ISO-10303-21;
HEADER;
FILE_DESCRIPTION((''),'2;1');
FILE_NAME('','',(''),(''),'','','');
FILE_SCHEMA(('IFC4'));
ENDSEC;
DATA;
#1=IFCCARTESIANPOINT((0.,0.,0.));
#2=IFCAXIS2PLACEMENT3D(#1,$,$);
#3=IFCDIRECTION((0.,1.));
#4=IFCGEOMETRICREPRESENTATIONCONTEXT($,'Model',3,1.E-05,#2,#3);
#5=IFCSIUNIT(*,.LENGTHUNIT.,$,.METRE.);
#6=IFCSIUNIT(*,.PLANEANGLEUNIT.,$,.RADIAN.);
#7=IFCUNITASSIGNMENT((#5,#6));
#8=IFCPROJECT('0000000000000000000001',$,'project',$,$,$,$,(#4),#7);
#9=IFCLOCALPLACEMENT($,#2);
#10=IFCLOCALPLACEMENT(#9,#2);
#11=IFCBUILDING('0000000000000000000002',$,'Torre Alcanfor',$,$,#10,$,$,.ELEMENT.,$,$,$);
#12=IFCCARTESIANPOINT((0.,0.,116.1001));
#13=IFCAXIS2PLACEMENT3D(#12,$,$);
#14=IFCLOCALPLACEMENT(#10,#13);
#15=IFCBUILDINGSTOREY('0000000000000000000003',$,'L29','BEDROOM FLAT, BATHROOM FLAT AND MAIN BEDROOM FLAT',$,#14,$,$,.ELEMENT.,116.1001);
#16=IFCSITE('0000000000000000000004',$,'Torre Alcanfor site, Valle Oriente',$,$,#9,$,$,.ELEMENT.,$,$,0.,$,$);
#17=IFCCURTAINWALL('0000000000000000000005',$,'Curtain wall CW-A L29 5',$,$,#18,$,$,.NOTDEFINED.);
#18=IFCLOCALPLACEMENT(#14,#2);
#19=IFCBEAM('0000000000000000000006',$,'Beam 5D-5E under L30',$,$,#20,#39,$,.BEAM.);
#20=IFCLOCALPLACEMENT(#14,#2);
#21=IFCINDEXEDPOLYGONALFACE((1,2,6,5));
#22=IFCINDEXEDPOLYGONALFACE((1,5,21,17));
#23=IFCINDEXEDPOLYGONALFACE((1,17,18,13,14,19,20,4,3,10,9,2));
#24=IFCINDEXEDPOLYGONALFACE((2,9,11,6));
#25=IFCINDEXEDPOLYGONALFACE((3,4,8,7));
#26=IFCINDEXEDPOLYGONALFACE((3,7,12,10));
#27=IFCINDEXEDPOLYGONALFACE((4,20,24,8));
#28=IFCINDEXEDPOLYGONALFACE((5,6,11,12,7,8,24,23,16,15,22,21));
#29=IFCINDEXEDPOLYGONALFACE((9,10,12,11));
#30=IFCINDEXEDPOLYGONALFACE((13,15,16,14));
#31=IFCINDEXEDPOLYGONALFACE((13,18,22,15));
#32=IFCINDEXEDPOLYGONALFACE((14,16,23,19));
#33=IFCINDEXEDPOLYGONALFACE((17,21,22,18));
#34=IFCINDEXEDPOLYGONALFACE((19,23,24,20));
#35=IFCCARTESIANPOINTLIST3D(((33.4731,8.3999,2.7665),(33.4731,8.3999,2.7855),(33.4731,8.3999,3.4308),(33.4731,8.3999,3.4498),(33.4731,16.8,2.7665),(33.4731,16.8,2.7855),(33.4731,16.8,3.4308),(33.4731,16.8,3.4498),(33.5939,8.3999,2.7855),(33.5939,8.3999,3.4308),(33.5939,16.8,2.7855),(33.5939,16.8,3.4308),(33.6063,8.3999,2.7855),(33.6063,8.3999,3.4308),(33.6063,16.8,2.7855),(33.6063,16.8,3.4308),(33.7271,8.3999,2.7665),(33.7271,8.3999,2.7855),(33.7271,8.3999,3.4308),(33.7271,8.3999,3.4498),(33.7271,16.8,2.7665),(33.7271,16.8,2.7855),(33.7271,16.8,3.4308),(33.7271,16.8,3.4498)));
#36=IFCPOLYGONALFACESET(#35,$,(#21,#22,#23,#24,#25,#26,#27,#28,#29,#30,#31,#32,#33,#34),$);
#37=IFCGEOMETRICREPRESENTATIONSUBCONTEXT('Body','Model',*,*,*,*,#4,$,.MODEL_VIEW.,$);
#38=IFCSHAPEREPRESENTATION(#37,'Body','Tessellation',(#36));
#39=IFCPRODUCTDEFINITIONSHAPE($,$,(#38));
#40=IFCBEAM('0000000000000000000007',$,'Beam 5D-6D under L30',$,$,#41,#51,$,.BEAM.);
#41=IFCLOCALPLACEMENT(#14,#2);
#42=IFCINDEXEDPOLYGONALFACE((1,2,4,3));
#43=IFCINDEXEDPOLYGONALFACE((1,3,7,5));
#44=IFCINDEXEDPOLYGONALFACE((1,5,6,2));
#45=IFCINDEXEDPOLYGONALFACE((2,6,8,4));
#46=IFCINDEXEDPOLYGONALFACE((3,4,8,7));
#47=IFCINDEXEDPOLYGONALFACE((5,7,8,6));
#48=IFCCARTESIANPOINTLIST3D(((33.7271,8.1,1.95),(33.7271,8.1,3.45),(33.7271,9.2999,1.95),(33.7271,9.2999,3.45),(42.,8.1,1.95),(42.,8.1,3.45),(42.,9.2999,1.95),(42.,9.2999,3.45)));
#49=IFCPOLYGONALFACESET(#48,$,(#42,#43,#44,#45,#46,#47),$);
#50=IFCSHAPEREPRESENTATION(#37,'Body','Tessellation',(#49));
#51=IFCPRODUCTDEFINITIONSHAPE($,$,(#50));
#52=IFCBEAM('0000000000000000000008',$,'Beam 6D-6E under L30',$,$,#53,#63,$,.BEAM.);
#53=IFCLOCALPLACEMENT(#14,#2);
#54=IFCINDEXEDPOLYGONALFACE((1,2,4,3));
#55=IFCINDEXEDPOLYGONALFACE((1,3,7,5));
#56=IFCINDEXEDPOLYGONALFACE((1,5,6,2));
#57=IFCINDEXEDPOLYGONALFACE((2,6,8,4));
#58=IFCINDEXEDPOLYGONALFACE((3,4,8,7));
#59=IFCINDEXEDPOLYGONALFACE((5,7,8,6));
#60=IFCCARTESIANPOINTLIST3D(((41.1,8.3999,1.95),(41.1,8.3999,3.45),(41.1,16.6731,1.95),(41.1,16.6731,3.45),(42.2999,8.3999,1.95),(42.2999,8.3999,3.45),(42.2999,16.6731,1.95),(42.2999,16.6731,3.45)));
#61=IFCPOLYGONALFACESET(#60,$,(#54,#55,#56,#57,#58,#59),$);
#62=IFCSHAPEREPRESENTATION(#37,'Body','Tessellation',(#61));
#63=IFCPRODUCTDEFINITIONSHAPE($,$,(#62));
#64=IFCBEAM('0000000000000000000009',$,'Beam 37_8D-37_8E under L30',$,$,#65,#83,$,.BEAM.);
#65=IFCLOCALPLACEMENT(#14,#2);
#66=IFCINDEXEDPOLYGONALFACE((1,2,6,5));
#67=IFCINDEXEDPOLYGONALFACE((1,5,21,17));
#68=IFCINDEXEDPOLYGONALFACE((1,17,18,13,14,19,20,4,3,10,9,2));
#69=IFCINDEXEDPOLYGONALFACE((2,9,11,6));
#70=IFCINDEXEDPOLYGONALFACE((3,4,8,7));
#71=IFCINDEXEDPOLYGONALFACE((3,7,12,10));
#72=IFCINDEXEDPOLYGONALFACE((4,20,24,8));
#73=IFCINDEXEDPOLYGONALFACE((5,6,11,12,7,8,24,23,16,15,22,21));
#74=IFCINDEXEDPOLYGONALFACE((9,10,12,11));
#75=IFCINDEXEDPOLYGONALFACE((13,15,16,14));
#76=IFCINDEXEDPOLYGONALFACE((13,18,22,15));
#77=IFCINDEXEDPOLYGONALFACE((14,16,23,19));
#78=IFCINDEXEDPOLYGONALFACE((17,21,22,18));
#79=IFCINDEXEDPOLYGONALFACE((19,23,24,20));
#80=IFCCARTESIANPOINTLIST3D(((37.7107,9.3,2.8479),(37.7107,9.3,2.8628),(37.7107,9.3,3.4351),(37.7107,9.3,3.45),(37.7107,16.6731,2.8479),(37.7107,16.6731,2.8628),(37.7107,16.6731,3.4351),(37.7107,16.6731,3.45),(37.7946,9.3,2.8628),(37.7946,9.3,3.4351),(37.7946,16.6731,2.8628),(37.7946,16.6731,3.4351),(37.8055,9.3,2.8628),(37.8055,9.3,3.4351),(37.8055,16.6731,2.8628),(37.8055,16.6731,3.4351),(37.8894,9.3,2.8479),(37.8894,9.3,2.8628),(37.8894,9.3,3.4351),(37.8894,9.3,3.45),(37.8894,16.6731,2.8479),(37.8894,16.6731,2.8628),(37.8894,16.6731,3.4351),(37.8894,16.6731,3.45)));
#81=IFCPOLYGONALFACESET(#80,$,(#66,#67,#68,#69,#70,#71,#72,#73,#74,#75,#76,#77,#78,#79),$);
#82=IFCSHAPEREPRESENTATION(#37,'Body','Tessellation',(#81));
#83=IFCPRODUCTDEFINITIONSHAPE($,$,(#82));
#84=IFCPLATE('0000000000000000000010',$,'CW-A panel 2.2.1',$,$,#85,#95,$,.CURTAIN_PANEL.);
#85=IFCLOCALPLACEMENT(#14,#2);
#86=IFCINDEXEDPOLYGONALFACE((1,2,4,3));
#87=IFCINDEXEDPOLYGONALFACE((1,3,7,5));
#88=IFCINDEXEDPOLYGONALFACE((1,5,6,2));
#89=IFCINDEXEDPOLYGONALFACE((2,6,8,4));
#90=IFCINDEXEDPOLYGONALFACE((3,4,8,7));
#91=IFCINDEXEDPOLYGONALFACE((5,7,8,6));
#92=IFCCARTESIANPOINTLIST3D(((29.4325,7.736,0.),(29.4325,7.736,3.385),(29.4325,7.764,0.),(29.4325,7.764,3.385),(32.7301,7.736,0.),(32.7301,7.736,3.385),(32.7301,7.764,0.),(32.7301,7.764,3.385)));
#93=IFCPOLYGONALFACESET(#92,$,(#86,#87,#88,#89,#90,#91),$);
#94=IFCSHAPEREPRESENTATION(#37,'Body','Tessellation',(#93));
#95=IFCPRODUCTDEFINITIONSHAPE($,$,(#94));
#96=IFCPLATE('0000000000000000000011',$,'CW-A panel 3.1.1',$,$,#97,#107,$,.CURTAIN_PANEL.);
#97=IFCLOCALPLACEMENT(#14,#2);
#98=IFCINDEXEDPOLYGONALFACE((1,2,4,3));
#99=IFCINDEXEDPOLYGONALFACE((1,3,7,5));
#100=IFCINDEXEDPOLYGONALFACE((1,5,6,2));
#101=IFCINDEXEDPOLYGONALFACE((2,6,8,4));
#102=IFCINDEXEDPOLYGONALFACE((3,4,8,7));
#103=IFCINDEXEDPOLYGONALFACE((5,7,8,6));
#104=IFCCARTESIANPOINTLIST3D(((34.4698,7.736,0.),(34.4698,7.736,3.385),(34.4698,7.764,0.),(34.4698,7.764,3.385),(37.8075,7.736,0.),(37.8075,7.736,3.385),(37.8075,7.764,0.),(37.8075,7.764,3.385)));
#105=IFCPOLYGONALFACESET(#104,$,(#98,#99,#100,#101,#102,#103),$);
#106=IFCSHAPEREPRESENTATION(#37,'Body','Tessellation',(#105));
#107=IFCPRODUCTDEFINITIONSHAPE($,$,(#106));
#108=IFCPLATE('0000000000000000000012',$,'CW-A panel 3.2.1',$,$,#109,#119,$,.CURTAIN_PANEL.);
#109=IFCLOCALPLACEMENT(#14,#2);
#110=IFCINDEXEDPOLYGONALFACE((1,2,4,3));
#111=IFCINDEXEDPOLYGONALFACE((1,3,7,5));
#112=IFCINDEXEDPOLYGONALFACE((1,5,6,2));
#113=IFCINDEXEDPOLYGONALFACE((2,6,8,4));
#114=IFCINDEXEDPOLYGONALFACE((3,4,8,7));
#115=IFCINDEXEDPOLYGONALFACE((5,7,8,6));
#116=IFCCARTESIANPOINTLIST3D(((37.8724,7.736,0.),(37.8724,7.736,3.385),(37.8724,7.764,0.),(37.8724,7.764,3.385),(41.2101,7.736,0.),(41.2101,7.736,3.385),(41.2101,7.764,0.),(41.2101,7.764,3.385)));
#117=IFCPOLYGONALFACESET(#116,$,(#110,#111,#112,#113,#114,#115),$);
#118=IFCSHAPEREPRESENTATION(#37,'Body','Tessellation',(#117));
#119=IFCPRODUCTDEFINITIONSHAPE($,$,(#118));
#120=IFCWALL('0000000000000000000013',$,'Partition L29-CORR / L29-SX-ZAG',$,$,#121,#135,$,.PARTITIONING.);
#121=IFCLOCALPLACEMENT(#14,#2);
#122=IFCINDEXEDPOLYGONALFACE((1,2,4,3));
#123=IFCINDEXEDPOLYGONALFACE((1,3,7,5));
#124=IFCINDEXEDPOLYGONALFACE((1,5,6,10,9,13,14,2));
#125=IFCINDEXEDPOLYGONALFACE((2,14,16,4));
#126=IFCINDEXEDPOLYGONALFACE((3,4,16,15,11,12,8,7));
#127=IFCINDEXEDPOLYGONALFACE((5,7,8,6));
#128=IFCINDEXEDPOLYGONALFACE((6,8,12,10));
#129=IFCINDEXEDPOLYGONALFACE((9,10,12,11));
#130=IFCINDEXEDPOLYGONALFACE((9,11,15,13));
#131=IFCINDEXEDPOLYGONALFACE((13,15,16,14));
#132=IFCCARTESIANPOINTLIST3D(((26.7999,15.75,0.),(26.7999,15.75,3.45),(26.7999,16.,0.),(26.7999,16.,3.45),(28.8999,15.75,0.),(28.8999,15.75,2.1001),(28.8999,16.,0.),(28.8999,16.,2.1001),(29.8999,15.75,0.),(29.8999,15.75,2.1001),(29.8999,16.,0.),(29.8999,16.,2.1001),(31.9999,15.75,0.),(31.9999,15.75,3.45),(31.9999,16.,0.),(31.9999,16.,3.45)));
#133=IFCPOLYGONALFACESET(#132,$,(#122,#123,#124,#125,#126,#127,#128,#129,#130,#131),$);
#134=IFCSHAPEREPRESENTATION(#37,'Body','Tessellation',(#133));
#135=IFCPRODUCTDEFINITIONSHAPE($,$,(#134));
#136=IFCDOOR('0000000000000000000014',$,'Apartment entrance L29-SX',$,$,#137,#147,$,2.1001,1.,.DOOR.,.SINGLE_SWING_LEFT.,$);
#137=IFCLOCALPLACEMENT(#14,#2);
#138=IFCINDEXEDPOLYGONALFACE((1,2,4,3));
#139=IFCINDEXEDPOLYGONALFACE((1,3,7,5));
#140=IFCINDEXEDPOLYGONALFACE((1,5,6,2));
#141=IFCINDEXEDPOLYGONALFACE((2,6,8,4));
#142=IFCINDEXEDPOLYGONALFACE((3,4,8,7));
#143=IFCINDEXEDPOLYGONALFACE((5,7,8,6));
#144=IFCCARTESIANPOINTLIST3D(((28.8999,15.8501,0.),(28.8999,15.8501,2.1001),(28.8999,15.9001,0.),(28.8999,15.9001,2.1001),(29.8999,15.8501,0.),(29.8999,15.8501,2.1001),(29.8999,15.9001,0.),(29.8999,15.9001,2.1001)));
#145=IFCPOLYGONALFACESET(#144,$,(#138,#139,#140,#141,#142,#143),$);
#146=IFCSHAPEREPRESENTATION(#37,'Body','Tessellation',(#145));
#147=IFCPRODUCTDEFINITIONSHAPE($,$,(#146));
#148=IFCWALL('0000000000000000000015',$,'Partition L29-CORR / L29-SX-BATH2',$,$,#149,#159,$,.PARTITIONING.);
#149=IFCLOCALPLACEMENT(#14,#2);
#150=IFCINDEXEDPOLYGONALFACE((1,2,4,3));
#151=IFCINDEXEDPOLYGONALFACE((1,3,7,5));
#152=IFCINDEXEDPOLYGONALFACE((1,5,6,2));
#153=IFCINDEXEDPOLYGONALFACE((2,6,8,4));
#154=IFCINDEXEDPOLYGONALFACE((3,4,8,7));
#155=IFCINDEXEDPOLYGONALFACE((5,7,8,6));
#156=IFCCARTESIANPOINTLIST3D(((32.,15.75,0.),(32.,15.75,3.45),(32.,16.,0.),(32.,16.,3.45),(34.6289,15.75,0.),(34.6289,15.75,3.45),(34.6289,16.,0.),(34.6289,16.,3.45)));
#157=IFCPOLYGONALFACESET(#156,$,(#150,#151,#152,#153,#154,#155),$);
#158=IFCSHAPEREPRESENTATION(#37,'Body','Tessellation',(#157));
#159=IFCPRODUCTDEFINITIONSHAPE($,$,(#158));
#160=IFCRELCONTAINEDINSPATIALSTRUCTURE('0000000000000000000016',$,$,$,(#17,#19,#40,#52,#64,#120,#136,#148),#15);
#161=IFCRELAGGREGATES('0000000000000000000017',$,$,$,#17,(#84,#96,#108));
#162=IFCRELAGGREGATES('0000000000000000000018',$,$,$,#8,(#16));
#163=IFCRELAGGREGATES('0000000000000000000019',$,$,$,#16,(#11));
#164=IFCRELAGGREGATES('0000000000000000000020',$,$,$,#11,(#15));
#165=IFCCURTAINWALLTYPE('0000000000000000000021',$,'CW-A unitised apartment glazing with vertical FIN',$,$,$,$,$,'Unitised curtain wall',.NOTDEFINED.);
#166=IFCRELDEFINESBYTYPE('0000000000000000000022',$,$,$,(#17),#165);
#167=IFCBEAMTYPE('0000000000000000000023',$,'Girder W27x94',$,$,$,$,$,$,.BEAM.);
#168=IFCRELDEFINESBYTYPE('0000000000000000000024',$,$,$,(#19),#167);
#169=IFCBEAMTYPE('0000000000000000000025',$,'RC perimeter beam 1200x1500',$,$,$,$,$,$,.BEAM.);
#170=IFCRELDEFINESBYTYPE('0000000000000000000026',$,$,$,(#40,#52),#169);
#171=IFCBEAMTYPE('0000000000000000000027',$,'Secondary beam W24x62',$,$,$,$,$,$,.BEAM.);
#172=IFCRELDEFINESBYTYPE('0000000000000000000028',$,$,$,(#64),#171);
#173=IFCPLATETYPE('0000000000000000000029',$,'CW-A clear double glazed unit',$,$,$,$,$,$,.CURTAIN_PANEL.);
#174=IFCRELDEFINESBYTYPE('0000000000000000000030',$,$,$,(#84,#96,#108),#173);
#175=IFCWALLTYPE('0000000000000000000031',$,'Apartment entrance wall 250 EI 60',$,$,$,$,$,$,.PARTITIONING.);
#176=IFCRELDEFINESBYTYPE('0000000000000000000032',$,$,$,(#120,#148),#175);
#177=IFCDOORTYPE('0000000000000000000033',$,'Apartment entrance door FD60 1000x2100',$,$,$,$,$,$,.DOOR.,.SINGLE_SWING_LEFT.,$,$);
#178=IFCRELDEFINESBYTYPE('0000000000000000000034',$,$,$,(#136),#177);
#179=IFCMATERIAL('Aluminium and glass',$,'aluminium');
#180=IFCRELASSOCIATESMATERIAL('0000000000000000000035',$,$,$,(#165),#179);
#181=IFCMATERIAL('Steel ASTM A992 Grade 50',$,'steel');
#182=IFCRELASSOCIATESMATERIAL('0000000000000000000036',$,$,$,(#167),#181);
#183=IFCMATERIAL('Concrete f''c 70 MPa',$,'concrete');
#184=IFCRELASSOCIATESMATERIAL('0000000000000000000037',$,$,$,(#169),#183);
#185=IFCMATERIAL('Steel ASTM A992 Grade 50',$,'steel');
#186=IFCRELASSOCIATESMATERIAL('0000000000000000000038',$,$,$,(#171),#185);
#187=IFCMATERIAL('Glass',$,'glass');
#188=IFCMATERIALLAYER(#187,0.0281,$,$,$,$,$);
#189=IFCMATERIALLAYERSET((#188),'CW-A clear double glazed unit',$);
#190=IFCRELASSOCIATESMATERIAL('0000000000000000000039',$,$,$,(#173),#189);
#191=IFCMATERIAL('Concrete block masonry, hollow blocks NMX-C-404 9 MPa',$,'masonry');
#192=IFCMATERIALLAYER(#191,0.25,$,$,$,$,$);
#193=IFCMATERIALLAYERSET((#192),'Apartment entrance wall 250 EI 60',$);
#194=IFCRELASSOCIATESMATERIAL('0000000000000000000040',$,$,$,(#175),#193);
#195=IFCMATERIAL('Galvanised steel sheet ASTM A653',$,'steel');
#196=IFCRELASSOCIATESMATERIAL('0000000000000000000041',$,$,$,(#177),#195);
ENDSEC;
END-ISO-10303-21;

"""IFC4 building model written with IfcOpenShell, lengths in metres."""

from ifc_helpers import new_model, si_unit, direction, frame, frame_2d, origin, origin_2d, place, context, subcontext, project, spatial, rectangle, i_section, extrude, material, layer, layer_set, material_profile, profile_set, type_object, element, fill, aggregate, save


model = new_model("IFC4")

# Units and contexts
model_context = context("Model", 3, precision=1e-05, world=origin(), true_north=direction((0.0, 1.0)))
body_context = subcontext(model_context, "Body", "Model", "MODEL_VIEW")
ifc_project = project(units=[si_unit("LENGTHUNIT", "METRE"), si_unit("PLANEANGLEUNIT", "RADIAN")], contexts=[model_context])

# Site, building, storey
site_placement = place(None, origin())
site = spatial("IfcSite", under=ifc_project, at=site_placement, Name="Torre Alcanfor site, Valle Oriente", CompositionType="ELEMENT", RefElevation=0.0)
building_placement = place(site_placement, origin())
building = spatial("IfcBuilding", under=site, at=building_placement, Name="Torre Alcanfor", CompositionType="ELEMENT")
storey_placement = place(building_placement, frame((0.0, 0.0, 116.1001)))
storey = spatial("IfcBuildingStorey", under=building, at=storey_placement, Name="L29", Description="BEDROOM FLAT, BATHROOM FLAT AND MAIN BEDROOM FLAT", CompositionType="ELEMENT", Elevation=116.1001)

# Curtain wall
ifc_material_1 = material(Name="Aluminium and glass", Category="aluminium")
curtain_wall_type = type_object("IfcCurtainWallType", Name="CW-A unitised apartment glazing with vertical FIN", ElementType="Unitised curtain wall", PredefinedType="NOTDEFINED", material=ifc_material_1)
curtain_wall_placement = place(storey_placement, origin())
curtain_wall = element("IfcCurtainWall", 1, at=curtain_wall_placement, inside=storey, type_object=curtain_wall_type, Name="Curtain wall CW-A L29 5", PredefinedType="NOTDEFINED")

# Beams
ifc_material_2 = material(Name="Steel ASTM A992 Grade 50", Category="steel")
ifc_material_profile_1 = material_profile(ifc_material_2, i_section(OverallWidth=0.2539, OverallDepth=0.6833, WebThickness=0.0125, FlangeThickness=0.019, at=origin_2d()), Name="W27x94")
ifc_profile_set_1 = profile_set([ifc_material_profile_1], Name="Steel ASTM A992 Grade 50")
beam_type_1 = type_object("IfcBeamType", Name="Girder W27x94", PredefinedType="BEAM", material=ifc_profile_set_1)
beam_1_placement = place(storey_placement, frame((33.6001, 8.3999, 3.1082), z_axis=(0.0, 1.0, 0.0), x_axis=(-1.0, 0.0, 0.0)))
element("IfcBeam", 2, at=beam_1_placement, inside=storey, type_object=beam_type_1, Name="Beam 5D-5E under L30", PredefinedType="BEAM", context=body_context, shape_type="SweptSolid", body=[
    extrude(i_section(OverallWidth=0.2539, OverallDepth=0.6833, WebThickness=0.0125, FlangeThickness=0.019, at=origin_2d()), origin(), (0.0, 0.0, 1.0), 8.4001),
])
ifc_material_3 = material(Name="Concrete f'c 70 MPa", Category="concrete")
ifc_material_profile_2 = material_profile(ifc_material_3, rectangle(XDim=1.2, YDim=1.5, at=origin_2d()), Name="1200x1500")
ifc_profile_set_2 = profile_set([ifc_material_profile_2], Name="Concrete f'c 70 MPa")
beam_type_2 = type_object("IfcBeamType", Name="RC perimeter beam 1200x1500", PredefinedType="BEAM", material=ifc_profile_set_2)
beam_2_placement = place(storey_placement, frame((33.7271, 8.7, 2.7), z_axis=(1.0, 0.0, 0.0), x_axis=(0.0, 1.0, 0.0)))
element("IfcBeam", 3, at=beam_2_placement, inside=storey, type_object=beam_type_2, Name="Beam 5D-6D under L30", PredefinedType="BEAM", context=body_context, shape_type="SweptSolid", body=[
    extrude(rectangle(XDim=1.2, YDim=1.5, at=origin_2d()), origin(), (0.0, 0.0, 1.0), 8.2729),
])
beam_3_placement = place(storey_placement, frame((41.7, 8.3999, 2.7), z_axis=(0.0, 1.0, 0.0), x_axis=(-1.0, 0.0, 0.0)))
element("IfcBeam", 4, at=beam_3_placement, inside=storey, type_object=beam_type_2, Name="Beam 6D-6E under L30", PredefinedType="BEAM", context=body_context, shape_type="SweptSolid", body=[
    extrude(rectangle(XDim=1.2, YDim=1.5, at=origin_2d()), origin(), (0.0, 0.0, 1.0), 8.2732),
])
ifc_material_4 = material(Name="Steel ASTM A992 Grade 50", Category="steel")
ifc_material_profile_3 = material_profile(ifc_material_4, i_section(OverallWidth=0.1787, OverallDepth=0.6021, WebThickness=0.011, FlangeThickness=0.0149, at=origin_2d()), Name="W24x62")
ifc_profile_set_3 = profile_set([ifc_material_profile_3], Name="Steel ASTM A992 Grade 50")
beam_type_3 = type_object("IfcBeamType", Name="Secondary beam W24x62", PredefinedType="BEAM", material=ifc_profile_set_3)
beam_4_placement = place(storey_placement, frame((37.8, 9.3, 3.1489), z_axis=(0.0, 1.0, 0.0), x_axis=(-1.0, 0.0, 0.0)))
element("IfcBeam", 5, at=beam_4_placement, inside=storey, type_object=beam_type_3, Name="Beam 37_8D-37_8E under L30", PredefinedType="BEAM", context=body_context, shape_type="SweptSolid", body=[
    extrude(i_section(OverallWidth=0.1787, OverallDepth=0.6021, WebThickness=0.011, FlangeThickness=0.0149, at=origin_2d()), origin(), (0.0, 0.0, 1.0), 7.373),
])

# Plates
ifc_material_5 = material(Name="Glass", Category="glass")
ifc_layer_1 = layer(ifc_material_5, 0.0281)
ifc_layer_set_1 = layer_set([ifc_layer_1], Name="CW-A clear double glazed unit")
plate_type = type_object("IfcPlateType", Name="CW-A clear double glazed unit", PredefinedType="CURTAIN_PANEL", material=ifc_layer_set_1)
plate_1_placement = place(storey_placement, frame((31.0813, 7.75, 0.0), z_axis=(0.0, 0.0, 1.0), x_axis=(1.0, 0.0, 0.0)))
plate_1 = element("IfcPlate", 6, at=plate_1_placement, type_object=plate_type, Name="CW-A panel 2.2.1", PredefinedType="CURTAIN_PANEL", context=body_context, shape_type="SweptSolid", body=[
    extrude(rectangle(XDim=3.2976, YDim=0.0281, at=origin_2d()), origin(), (0.0, 0.0, 1.0), 3.385),
])
plate_2_placement = place(storey_placement, frame((36.1387, 7.75, 0.0), z_axis=(0.0, 0.0, 1.0), x_axis=(1.0, 0.0, 0.0)))
plate_2 = element("IfcPlate", 7, at=plate_2_placement, type_object=plate_type, Name="CW-A panel 3.1.1", PredefinedType="CURTAIN_PANEL", context=body_context, shape_type="SweptSolid", body=[
    extrude(rectangle(XDim=3.3376, YDim=0.0281, at=origin_2d()), origin(), (0.0, 0.0, 1.0), 3.385),
])
plate_3_placement = place(storey_placement, frame((39.5413, 7.75, 0.0), z_axis=(0.0, 0.0, 1.0), x_axis=(1.0, 0.0, 0.0)))
plate_3 = element("IfcPlate", 8, at=plate_3_placement, type_object=plate_type, Name="CW-A panel 3.2.1", PredefinedType="CURTAIN_PANEL", context=body_context, shape_type="SweptSolid", body=[
    extrude(rectangle(XDim=3.3376, YDim=0.0281, at=origin_2d()), origin(), (0.0, 0.0, 1.0), 3.385),
])
aggregate(curtain_wall, [plate_1, plate_2, plate_3])

# Wall, opening, door
ifc_material_6 = material(Name="Concrete block masonry, hollow blocks NMX-C-404 9 MPa", Category="masonry")
ifc_layer_2 = layer(ifc_material_6, 0.25)
ifc_layer_set_2 = layer_set([ifc_layer_2], Name="Apartment entrance wall 250 EI 60")
wall_type_1 = type_object("IfcWallType", Name="Apartment entrance wall 250 EI 60", PredefinedType="PARTITIONING", material=ifc_layer_set_2)
wall_1_placement = place(storey_placement, frame((32.0, 15.875, 0.0), z_axis=(0.0, 0.0, 1.0), x_axis=(-1.0, 0.0, 0.0)))
wall_1 = element("IfcWall", 9, at=wall_1_placement, inside=storey, type_object=wall_type_1, Name="Partition L29-CORR / L29-SX-ZAG", PredefinedType="PARTITIONING", context=body_context, shape_type="SweptSolid", body=[
    extrude(rectangle(XDim=5.2, YDim=0.25, at=frame_2d((2.6001, 0.0))), origin(), (0.0, 0.0, 1.0), 3.45),
])
opening_1_placement = place(wall_1_placement, frame((2.1001, 0.0, 0.0)))
opening_1 = element("IfcOpeningElement", 10, at=opening_1_placement, cuts=wall_1, PredefinedType="OPENING", context=body_context, shape_type="SweptSolid", body=[
    extrude(rectangle(XDim=1.0, YDim=2.1001, at=frame_2d((0.5, 1.05))), frame((0.0, 0.135, 0.0), z_axis=(0.0, -1.0, 0.0), x_axis=(1.0, 0.0, 0.0)), (0.0, 0.0, 1.0), 0.27),
])
ifc_material_7 = material(Name="Galvanised steel sheet ASTM A653", Category="steel")
door_type_1 = type_object("IfcDoorType", Name="Apartment entrance door FD60 1000x2100", OperationType="SINGLE_SWING_LEFT", PredefinedType="DOOR", material=ifc_material_7)
door_1_placement = place(opening_1_placement, origin())
door_1 = element("IfcDoor", 11, at=door_1_placement, inside=storey, type_object=door_type_1, Name="Apartment entrance L29-SX", OperationType="SINGLE_SWING_LEFT", OverallHeight=2.1001, OverallWidth=1.0, PredefinedType="DOOR", context=body_context, shape_type="SweptSolid", body=[
    extrude(rectangle(XDim=1.0, YDim=2.1001, at=frame_2d((0.5, 1.05))), frame((0.0, 0.0249, 0.0), z_axis=(0.0, -1.0, 0.0), x_axis=(1.0, 0.0, 0.0)), (0.0, 0.0, 1.0), 0.05),
])
fill(opening_1, door_1)

# Wall
wall_2_placement = place(storey_placement, frame((34.6289, 15.875, 0.0), z_axis=(0.0, 0.0, 1.0), x_axis=(-1.0, 0.0, 0.0)))
element("IfcWall", 12, at=wall_2_placement, inside=storey, type_object=wall_type_1, Name="Partition L29-CORR / L29-SX-BATH2", PredefinedType="PARTITIONING", context=body_context, shape_type="SweptSolid", body=[
    extrude(rectangle(XDim=2.6289, YDim=0.25, at=frame_2d((1.3145, 0.0))), origin(), (0.0, 0.0, 1.0), 3.45),
])

save(model, "model.ifc")
